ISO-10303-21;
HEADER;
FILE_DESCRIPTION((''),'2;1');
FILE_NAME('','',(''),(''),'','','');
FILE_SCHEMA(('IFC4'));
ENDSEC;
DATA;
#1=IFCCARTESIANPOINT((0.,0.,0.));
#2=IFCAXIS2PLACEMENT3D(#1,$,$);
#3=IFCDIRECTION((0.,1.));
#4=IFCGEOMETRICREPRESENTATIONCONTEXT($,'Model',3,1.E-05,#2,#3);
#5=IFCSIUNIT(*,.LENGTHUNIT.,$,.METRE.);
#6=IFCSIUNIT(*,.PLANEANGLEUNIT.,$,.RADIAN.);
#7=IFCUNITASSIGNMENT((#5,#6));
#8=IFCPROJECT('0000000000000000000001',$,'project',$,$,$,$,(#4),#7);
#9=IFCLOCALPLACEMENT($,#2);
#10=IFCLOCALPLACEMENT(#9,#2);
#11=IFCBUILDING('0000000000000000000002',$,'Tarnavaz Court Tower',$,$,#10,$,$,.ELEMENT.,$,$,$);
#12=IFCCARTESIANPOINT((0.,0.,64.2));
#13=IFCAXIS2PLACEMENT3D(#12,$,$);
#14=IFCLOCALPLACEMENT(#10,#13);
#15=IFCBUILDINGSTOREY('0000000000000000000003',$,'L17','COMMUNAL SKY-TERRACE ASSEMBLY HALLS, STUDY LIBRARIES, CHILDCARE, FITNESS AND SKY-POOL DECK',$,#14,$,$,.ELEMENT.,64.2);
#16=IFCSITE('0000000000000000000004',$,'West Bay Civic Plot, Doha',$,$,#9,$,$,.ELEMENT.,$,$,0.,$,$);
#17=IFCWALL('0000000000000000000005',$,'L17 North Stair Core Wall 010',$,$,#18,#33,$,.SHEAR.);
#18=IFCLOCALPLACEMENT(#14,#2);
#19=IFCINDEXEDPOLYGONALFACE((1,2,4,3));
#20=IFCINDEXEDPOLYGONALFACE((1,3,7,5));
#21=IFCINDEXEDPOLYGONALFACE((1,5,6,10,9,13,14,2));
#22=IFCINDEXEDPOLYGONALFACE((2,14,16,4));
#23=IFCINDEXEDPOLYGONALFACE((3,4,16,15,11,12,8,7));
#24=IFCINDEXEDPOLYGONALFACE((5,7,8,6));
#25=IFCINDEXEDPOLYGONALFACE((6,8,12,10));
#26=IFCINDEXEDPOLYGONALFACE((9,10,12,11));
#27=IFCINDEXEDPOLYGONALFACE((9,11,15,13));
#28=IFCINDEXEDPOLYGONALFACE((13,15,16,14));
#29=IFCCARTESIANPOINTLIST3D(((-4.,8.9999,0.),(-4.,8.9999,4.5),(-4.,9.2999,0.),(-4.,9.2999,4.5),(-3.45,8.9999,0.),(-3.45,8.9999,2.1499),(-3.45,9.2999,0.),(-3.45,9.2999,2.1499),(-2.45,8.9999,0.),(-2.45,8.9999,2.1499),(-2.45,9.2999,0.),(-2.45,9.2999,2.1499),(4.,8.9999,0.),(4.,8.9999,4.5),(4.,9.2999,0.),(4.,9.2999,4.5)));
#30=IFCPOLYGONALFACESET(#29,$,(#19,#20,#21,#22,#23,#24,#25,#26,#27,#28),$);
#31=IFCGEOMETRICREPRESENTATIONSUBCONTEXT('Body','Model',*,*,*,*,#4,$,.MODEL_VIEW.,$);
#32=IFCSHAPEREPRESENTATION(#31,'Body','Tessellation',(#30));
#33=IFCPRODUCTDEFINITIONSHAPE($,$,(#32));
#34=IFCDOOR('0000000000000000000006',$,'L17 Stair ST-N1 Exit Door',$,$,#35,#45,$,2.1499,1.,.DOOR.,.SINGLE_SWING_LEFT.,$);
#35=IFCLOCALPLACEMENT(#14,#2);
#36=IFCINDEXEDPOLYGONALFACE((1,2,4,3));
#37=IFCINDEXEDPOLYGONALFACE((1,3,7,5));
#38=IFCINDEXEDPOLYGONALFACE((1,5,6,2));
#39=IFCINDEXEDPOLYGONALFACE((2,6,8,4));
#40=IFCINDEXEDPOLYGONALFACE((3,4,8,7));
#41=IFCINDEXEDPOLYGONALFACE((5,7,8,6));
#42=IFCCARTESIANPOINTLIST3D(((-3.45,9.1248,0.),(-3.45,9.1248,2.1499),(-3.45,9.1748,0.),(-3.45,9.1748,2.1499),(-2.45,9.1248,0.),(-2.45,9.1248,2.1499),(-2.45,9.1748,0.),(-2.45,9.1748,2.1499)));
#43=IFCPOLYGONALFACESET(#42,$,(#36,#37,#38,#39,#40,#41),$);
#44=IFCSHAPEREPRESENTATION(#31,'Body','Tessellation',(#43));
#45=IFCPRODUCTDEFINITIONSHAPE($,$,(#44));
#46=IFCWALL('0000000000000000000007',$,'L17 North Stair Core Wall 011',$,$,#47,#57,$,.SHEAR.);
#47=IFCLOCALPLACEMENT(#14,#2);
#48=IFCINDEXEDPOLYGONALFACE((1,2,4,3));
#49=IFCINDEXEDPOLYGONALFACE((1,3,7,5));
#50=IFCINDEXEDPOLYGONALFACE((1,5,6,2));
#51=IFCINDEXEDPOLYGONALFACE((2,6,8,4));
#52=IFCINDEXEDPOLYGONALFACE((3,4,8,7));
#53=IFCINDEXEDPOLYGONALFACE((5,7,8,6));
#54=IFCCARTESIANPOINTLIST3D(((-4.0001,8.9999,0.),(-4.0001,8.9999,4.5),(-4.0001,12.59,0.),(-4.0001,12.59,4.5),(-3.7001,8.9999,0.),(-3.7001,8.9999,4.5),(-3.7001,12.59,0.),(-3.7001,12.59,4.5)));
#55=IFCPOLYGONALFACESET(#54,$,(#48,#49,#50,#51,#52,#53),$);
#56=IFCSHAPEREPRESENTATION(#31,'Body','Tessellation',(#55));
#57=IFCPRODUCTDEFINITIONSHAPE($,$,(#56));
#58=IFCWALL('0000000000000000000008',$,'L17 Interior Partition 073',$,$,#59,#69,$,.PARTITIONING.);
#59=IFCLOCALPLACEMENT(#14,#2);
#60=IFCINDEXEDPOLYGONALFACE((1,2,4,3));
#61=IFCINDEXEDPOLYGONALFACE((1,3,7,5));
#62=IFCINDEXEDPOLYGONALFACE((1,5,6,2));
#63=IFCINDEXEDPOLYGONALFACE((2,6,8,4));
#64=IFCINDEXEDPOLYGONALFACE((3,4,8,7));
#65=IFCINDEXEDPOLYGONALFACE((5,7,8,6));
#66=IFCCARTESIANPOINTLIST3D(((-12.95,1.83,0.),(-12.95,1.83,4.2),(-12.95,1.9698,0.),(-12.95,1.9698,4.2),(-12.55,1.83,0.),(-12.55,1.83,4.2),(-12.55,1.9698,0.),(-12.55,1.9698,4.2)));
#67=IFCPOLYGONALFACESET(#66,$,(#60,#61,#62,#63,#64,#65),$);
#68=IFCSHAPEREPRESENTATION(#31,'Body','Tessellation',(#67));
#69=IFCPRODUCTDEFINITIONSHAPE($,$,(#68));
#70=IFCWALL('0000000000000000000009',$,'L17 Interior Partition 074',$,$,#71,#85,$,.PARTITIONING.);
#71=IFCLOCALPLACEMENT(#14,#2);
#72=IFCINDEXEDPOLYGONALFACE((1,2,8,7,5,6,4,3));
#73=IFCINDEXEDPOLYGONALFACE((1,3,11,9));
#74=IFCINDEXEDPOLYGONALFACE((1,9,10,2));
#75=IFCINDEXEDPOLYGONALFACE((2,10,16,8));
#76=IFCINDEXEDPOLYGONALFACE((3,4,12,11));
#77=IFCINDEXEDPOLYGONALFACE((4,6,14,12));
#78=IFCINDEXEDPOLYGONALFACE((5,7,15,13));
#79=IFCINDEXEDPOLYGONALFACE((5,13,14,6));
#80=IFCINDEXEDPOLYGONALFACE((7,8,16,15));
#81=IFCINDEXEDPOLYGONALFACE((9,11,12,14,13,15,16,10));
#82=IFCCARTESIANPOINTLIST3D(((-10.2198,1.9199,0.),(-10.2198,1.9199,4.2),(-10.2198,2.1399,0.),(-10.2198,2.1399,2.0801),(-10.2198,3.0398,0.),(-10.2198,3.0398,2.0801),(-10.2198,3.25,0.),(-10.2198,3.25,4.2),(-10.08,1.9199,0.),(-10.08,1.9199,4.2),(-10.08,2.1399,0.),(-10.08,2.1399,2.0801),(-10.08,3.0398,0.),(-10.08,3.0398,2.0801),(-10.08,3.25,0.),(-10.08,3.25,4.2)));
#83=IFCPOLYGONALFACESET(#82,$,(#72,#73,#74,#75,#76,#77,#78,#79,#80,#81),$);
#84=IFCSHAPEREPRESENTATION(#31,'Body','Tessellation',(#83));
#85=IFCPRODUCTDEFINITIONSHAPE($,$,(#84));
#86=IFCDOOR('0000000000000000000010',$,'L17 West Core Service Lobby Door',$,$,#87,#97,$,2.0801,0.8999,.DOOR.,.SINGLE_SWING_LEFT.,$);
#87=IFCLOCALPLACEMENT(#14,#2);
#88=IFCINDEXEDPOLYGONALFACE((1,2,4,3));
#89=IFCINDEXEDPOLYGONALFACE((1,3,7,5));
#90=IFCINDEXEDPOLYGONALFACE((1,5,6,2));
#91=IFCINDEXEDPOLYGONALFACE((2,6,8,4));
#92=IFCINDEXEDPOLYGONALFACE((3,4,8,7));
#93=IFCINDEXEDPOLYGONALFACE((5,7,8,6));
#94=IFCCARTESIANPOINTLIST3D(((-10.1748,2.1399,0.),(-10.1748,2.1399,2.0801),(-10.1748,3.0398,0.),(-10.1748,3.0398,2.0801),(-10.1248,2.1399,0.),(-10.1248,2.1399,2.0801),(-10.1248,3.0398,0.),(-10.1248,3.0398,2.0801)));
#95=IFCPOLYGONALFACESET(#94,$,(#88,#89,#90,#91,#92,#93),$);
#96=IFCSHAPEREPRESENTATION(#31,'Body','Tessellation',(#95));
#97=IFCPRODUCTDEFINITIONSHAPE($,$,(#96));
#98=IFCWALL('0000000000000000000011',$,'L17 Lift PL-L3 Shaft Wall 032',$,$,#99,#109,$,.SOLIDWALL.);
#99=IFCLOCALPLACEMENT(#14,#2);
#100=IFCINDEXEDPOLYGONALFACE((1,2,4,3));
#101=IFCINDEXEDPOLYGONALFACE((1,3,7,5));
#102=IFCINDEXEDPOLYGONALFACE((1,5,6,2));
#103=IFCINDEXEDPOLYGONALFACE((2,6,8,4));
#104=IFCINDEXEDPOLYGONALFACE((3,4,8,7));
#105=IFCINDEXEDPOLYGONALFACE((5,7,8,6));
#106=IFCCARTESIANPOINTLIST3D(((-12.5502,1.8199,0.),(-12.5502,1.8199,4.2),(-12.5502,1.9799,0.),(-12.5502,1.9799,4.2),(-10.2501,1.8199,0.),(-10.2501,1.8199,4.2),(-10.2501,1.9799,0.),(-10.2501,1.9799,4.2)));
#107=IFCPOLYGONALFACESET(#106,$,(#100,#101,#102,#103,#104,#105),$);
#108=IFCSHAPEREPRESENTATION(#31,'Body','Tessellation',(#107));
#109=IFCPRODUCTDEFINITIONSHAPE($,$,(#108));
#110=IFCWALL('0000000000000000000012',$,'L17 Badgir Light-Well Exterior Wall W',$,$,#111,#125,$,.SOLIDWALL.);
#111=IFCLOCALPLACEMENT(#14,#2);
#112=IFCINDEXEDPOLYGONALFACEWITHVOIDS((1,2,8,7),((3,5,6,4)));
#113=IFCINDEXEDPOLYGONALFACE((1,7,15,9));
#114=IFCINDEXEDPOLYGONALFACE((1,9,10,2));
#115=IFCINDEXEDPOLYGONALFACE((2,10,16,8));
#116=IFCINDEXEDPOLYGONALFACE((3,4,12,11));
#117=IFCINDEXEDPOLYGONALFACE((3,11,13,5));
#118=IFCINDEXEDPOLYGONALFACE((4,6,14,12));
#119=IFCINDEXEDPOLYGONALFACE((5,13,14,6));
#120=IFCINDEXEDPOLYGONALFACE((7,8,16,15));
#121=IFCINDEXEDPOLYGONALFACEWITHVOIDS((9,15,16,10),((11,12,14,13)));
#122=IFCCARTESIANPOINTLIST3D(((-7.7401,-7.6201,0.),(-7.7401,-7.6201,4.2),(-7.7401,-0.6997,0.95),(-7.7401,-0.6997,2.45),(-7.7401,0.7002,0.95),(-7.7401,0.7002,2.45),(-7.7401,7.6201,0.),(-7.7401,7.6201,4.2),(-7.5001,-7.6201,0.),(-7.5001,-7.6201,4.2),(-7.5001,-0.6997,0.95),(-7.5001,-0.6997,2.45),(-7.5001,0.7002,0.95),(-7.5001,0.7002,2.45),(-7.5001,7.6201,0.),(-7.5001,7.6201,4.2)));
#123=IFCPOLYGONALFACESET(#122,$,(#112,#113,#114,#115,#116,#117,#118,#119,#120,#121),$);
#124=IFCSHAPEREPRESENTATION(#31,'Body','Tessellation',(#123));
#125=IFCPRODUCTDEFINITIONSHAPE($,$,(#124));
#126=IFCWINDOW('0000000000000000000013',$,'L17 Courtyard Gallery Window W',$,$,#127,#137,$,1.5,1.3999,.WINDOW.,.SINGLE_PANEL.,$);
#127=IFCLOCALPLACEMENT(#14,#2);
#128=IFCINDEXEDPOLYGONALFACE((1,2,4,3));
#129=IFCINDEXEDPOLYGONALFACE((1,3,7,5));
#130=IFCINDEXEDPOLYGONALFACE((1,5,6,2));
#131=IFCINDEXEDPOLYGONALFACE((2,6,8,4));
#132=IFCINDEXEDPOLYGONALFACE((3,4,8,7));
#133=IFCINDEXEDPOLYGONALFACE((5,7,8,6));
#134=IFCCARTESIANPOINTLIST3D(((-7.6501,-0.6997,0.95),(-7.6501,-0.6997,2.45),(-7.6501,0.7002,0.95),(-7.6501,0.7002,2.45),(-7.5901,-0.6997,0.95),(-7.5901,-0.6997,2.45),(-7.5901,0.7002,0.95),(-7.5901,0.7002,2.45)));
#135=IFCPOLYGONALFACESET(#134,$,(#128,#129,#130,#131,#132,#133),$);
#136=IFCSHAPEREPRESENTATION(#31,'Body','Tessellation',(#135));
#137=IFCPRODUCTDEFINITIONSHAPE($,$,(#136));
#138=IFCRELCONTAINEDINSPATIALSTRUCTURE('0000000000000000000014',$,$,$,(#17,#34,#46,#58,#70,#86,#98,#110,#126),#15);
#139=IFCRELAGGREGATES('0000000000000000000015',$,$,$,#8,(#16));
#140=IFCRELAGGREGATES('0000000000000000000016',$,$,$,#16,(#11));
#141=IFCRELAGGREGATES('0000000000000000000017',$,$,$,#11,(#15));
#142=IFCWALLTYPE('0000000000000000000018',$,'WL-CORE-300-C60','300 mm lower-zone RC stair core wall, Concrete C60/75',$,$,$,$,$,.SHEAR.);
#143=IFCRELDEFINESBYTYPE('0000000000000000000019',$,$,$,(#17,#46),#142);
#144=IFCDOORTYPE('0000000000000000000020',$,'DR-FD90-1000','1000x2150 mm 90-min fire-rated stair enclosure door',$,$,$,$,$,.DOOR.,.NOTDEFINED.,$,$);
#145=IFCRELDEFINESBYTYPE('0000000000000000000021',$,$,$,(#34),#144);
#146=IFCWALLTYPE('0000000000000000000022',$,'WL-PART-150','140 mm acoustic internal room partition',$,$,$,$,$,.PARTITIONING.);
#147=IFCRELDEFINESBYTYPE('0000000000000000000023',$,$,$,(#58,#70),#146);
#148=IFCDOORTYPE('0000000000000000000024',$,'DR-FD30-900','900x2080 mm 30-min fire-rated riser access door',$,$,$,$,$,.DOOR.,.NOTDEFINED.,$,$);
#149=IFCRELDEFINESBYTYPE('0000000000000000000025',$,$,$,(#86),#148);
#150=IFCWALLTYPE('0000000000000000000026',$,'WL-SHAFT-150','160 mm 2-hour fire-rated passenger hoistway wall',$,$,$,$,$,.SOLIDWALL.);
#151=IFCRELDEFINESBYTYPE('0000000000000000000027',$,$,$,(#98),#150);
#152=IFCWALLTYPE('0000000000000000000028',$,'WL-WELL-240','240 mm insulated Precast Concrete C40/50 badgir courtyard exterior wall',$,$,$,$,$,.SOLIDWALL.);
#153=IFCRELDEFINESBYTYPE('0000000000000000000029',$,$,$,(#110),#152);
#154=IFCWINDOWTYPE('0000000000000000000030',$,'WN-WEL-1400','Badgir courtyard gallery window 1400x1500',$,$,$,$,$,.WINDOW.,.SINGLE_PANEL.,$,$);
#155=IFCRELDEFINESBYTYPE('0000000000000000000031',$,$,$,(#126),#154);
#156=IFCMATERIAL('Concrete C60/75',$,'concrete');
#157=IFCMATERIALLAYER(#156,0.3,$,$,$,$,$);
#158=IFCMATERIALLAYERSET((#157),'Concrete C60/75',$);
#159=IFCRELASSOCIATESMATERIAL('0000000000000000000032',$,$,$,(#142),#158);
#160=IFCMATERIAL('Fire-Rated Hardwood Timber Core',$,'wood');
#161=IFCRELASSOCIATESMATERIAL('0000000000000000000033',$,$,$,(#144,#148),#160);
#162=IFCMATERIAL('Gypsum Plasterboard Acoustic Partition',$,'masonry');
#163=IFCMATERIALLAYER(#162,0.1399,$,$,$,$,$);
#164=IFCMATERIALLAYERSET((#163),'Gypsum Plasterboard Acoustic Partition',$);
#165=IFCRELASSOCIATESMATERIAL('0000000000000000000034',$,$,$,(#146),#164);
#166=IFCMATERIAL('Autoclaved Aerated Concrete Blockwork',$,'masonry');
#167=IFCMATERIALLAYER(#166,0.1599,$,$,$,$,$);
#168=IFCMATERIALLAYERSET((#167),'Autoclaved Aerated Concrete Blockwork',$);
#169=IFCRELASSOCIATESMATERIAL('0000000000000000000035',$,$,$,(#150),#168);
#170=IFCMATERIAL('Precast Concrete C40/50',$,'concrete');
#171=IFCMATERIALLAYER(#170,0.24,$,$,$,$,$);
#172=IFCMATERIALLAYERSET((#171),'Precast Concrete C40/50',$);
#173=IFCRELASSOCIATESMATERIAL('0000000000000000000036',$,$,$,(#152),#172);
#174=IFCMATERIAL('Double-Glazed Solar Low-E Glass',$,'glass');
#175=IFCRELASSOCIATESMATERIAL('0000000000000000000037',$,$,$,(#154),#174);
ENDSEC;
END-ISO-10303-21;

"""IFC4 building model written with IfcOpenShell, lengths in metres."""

from ifc_helpers import new_model, si_unit, direction, frame, frame_2d, origin, place, context, subcontext, project, spatial, rectangle, extrude, material, layer, layer_set, type_object, element, fill, save


model = new_model("IFC4")

# Units and contexts
model_context = context("Model", 3, precision=1e-05, world=origin(), true_north=direction((0.0, 1.0)))
body_context = subcontext(model_context, "Body", "Model", "MODEL_VIEW")
ifc_project = project(units=[si_unit("LENGTHUNIT", "METRE"), si_unit("PLANEANGLEUNIT", "RADIAN")], contexts=[model_context])

# Site, building, storey
site_placement = place(None, origin())
site = spatial("IfcSite", under=ifc_project, at=site_placement, Name="West Bay Civic Plot, Doha", CompositionType="ELEMENT", RefElevation=0.0)
building_placement = place(site_placement, origin())
building = spatial("IfcBuilding", under=site, at=building_placement, Name="Tarnavaz Court Tower", CompositionType="ELEMENT")
storey_placement = place(building_placement, frame((0.0, 0.0, 64.2)))
storey = spatial("IfcBuildingStorey", under=building, at=storey_placement, Name="L17", Description="COMMUNAL SKY-TERRACE ASSEMBLY HALLS, STUDY LIBRARIES, CHILDCARE, FITNESS AND SKY-POOL DECK", CompositionType="ELEMENT", Elevation=64.2)

# Shared definitions
ifc_material_1 = material(Name="Concrete C60/75", Category="concrete")

# Shared definitions
ifc_material_2 = material(Name="Double-Glazed Solar Low-E Glass", Category="glass")

# Shared definitions
ifc_layer_1 = layer(ifc_material_1, 0.3)
ifc_layer_set_1 = layer_set([ifc_layer_1], Name="Concrete C60/75")
wall_type_1 = type_object("IfcWallType", Name="WL-CORE-300-C60", Description="300 mm lower-zone RC stair core wall, Concrete C60/75", PredefinedType="SHEAR", material=ifc_layer_set_1)

# Wall, opening, door
wall_1_placement = place(storey_placement, frame((-4.0, 9.1499, 0.0), z_axis=(0.0, 0.0, 1.0), x_axis=(1.0, 0.0, 0.0)))
wall_1 = element("IfcWall", 1, at=wall_1_placement, inside=storey, type_object=wall_type_1, Name="L17 North Stair Core Wall 010", PredefinedType="SHEAR", context=body_context, shape_type="SweptSolid", body=[
    extrude(rectangle(XDim=8.0, YDim=0.3, at=frame_2d((4.0, 0.0))), origin(), (0.0, 0.0, 1.0), 4.5),
])
opening_1_placement = place(wall_1_placement, frame((0.55, 0.0, 0.0)))
opening_1 = element("IfcOpeningElement", 2, at=opening_1_placement, cuts=wall_1, PredefinedType="OPENING", context=body_context, shape_type="SweptSolid", body=[
    extrude(rectangle(XDim=1.0, YDim=2.1499, at=frame_2d((0.5, 1.075))), frame((0.0, 0.1599, 0.0), z_axis=(0.0, -1.0, 0.0), x_axis=(1.0, 0.0, 0.0)), (0.0, 0.0, 1.0), 0.3201),
])
ifc_material_3 = material(Name="Fire-Rated Hardwood Timber Core", Category="wood")
door_type_1 = type_object("IfcDoorType", Name="DR-FD90-1000", Description="1000x2150 mm 90-min fire-rated stair enclosure door", OperationType="NOTDEFINED", PredefinedType="DOOR", material=ifc_material_3)
door_1_placement = place(opening_1_placement, origin())
door_1 = element("IfcDoor", 3, at=door_1_placement, inside=storey, type_object=door_type_1, Name="L17 Stair ST-N1 Exit Door", OperationType="SINGLE_SWING_LEFT", OverallHeight=2.1499, OverallWidth=1.0, PredefinedType="DOOR", context=body_context, shape_type="SweptSolid", body=[
    extrude(rectangle(XDim=1.0, YDim=2.1499, at=frame_2d((0.5, 1.075))), frame((0.0, 0.0249, 0.0), z_axis=(0.0, -1.0, 0.0), x_axis=(1.0, 0.0, 0.0)), (0.0, 0.0, 1.0), 0.05),
])
fill(opening_1, door_1)

# Wall
wall_2_placement = place(storey_placement, frame((-3.8501, 9.0, 0.0), z_axis=(0.0, 0.0, 1.0), x_axis=(0.0, 1.0, 0.0)))
element("IfcWall", 4, at=wall_2_placement, inside=storey, type_object=wall_type_1, Name="L17 North Stair Core Wall 011", PredefinedType="SHEAR", context=body_context, shape_type="SweptSolid", body=[
    extrude(rectangle(XDim=3.5901, YDim=0.3, at=frame_2d((1.7949, 0.0))), origin(), (0.0, 0.0, 1.0), 4.5),
])

# Shared definitions
ifc_material_4 = material(Name="Autoclaved Aerated Concrete Blockwork", Category="masonry")

# Wall
ifc_material_5 = material(Name="Gypsum Plasterboard Acoustic Partition", Category="masonry")
ifc_layer_2 = layer(ifc_material_5, 0.1399)
ifc_layer_set_2 = layer_set([ifc_layer_2], Name="Gypsum Plasterboard Acoustic Partition")
wall_type_2 = type_object("IfcWallType", Name="WL-PART-150", Description="140 mm acoustic internal room partition", PredefinedType="PARTITIONING", material=ifc_layer_set_2)
wall_3_placement = place(storey_placement, frame((-12.95, 1.8999, 0.0), z_axis=(0.0, 0.0, 1.0), x_axis=(1.0, 0.0, 0.0)))
element("IfcWall", 5, at=wall_3_placement, inside=storey, type_object=wall_type_2, Name="L17 Interior Partition 073", PredefinedType="PARTITIONING", context=body_context, shape_type="SweptSolid", body=[
    extrude(rectangle(XDim=0.3999, YDim=0.1399, at=frame_2d((0.2, 0.0))), origin(), (0.0, 0.0, 1.0), 4.2),
])

# Wall, opening, door
wall_4_placement = place(storey_placement, frame((-10.1499, 1.9199, 0.0), z_axis=(0.0, 0.0, 1.0), x_axis=(0.0, 1.0, 0.0)))
wall_4 = element("IfcWall", 6, at=wall_4_placement, inside=storey, type_object=wall_type_2, Name="L17 Interior Partition 074", PredefinedType="PARTITIONING", context=body_context, shape_type="SweptSolid", body=[
    extrude(rectangle(XDim=1.3301, YDim=0.1399, at=frame_2d((0.665, 0.0))), origin(), (0.0, 0.0, 1.0), 4.2),
])
opening_2_placement = place(wall_4_placement, frame((0.22, 0.0, 0.0)))
opening_2 = element("IfcOpeningElement", 7, at=opening_2_placement, cuts=wall_4, PredefinedType="OPENING", context=body_context, shape_type="SweptSolid", body=[
    extrude(rectangle(XDim=0.8999, YDim=2.0801, at=frame_2d((0.45, 1.04))), frame((0.0, 0.0798, 0.0), z_axis=(0.0, -1.0, 0.0), x_axis=(1.0, 0.0, 0.0)), (0.0, 0.0, 1.0), 0.1599),
])
door_type_2 = type_object("IfcDoorType", Name="DR-FD30-900", Description="900x2080 mm 30-min fire-rated riser access door", OperationType="NOTDEFINED", PredefinedType="DOOR", material=ifc_material_3)
door_2_placement = place(opening_2_placement, origin())
door_2 = element("IfcDoor", 8, at=door_2_placement, inside=storey, type_object=door_type_2, Name="L17 West Core Service Lobby Door", OperationType="SINGLE_SWING_LEFT", OverallHeight=2.0801, OverallWidth=0.8999, PredefinedType="DOOR", context=body_context, shape_type="SweptSolid", body=[
    extrude(rectangle(XDim=0.8999, YDim=2.0801, at=frame_2d((0.45, 1.04))), frame((0.0, 0.0249, 0.0), z_axis=(0.0, -1.0, 0.0), x_axis=(1.0, 0.0, 0.0)), (0.0, 0.0, 1.0), 0.05),
])
fill(opening_2, door_2)

# Wall
ifc_layer_3 = layer(ifc_material_4, 0.1599)
ifc_layer_set_3 = layer_set([ifc_layer_3], Name="Autoclaved Aerated Concrete Blockwork")
wall_type_3 = type_object("IfcWallType", Name="WL-SHAFT-150", Description="160 mm 2-hour fire-rated passenger hoistway wall", PredefinedType="SOLIDWALL", material=ifc_layer_set_3)
wall_5_placement = place(storey_placement, frame((-12.55, 1.8999, 0.0), z_axis=(0.0, 0.0, 1.0), x_axis=(1.0, 0.0, 0.0)))
element("IfcWall", 9, at=wall_5_placement, inside=storey, type_object=wall_type_3, Name="L17 Lift PL-L3 Shaft Wall 032", PredefinedType="SOLIDWALL", context=body_context, shape_type="SweptSolid", body=[
    extrude(rectangle(XDim=2.3, YDim=0.1599, at=frame_2d((1.1499, 0.0))), origin(), (0.0, 0.0, 1.0), 4.2),
])

# Wall, opening, window
ifc_material_6 = material(Name="Precast Concrete C40/50", Category="concrete")
ifc_layer_4 = layer(ifc_material_6, 0.24)
ifc_layer_set_4 = layer_set([ifc_layer_4], Name="Precast Concrete C40/50")
wall_type_4 = type_object("IfcWallType", Name="WL-WELL-240", Description="240 mm insulated Precast Concrete C40/50 badgir courtyard exterior wall", PredefinedType="SOLIDWALL", material=ifc_layer_set_4)
wall_6_placement = place(storey_placement, frame((-7.6201, 7.6201, 0.0), z_axis=(0.0, 0.0, 1.0), x_axis=(0.0, -1.0, 0.0)))
wall_6 = element("IfcWall", 10, at=wall_6_placement, inside=storey, type_object=wall_type_4, Name="L17 Badgir Light-Well Exterior Wall W", PredefinedType="SOLIDWALL", context=body_context, shape_type="SweptSolid", body=[
    extrude(rectangle(XDim=15.2402, YDim=0.24, at=frame_2d((7.6201, 0.0))), origin(), (0.0, 0.0, 1.0), 4.2),
])
opening_3_placement = place(wall_6_placement, frame((6.9199, 0.0, 0.95)))
opening_3 = element("IfcOpeningElement", 11, at=opening_3_placement, cuts=wall_6, PredefinedType="OPENING", context=body_context, shape_type="SweptSolid", body=[
    extrude(rectangle(XDim=1.3999, YDim=1.5, at=frame_2d((0.7, 0.75))), frame((0.0, 0.1299, 0.0), z_axis=(0.0, -1.0, 0.0), x_axis=(1.0, 0.0, 0.0)), (0.0, 0.0, 1.0), 0.26),
])
window_type = type_object("IfcWindowType", Name="WN-WEL-1400", Description="Badgir courtyard gallery window 1400x1500", PartitioningType="SINGLE_PANEL", PredefinedType="WINDOW", material=ifc_material_2)
window_placement = place(opening_3_placement, origin())
window = element("IfcWindow", 12, at=window_placement, inside=storey, type_object=window_type, Name="L17 Courtyard Gallery Window W", OverallHeight=1.5, OverallWidth=1.3999, PartitioningType="SINGLE_PANEL", PredefinedType="WINDOW", context=body_context, shape_type="SweptSolid", body=[
    extrude(rectangle(XDim=1.3999, YDim=1.5, at=frame_2d((0.7, 0.75))), frame((0.0, 0.03, 0.0), z_axis=(0.0, -1.0, 0.0), x_axis=(1.0, 0.0, 0.0)), (0.0, 0.0, 1.0), 0.0601),
])
fill(opening_3, window)

save(model, "model.ifc")
